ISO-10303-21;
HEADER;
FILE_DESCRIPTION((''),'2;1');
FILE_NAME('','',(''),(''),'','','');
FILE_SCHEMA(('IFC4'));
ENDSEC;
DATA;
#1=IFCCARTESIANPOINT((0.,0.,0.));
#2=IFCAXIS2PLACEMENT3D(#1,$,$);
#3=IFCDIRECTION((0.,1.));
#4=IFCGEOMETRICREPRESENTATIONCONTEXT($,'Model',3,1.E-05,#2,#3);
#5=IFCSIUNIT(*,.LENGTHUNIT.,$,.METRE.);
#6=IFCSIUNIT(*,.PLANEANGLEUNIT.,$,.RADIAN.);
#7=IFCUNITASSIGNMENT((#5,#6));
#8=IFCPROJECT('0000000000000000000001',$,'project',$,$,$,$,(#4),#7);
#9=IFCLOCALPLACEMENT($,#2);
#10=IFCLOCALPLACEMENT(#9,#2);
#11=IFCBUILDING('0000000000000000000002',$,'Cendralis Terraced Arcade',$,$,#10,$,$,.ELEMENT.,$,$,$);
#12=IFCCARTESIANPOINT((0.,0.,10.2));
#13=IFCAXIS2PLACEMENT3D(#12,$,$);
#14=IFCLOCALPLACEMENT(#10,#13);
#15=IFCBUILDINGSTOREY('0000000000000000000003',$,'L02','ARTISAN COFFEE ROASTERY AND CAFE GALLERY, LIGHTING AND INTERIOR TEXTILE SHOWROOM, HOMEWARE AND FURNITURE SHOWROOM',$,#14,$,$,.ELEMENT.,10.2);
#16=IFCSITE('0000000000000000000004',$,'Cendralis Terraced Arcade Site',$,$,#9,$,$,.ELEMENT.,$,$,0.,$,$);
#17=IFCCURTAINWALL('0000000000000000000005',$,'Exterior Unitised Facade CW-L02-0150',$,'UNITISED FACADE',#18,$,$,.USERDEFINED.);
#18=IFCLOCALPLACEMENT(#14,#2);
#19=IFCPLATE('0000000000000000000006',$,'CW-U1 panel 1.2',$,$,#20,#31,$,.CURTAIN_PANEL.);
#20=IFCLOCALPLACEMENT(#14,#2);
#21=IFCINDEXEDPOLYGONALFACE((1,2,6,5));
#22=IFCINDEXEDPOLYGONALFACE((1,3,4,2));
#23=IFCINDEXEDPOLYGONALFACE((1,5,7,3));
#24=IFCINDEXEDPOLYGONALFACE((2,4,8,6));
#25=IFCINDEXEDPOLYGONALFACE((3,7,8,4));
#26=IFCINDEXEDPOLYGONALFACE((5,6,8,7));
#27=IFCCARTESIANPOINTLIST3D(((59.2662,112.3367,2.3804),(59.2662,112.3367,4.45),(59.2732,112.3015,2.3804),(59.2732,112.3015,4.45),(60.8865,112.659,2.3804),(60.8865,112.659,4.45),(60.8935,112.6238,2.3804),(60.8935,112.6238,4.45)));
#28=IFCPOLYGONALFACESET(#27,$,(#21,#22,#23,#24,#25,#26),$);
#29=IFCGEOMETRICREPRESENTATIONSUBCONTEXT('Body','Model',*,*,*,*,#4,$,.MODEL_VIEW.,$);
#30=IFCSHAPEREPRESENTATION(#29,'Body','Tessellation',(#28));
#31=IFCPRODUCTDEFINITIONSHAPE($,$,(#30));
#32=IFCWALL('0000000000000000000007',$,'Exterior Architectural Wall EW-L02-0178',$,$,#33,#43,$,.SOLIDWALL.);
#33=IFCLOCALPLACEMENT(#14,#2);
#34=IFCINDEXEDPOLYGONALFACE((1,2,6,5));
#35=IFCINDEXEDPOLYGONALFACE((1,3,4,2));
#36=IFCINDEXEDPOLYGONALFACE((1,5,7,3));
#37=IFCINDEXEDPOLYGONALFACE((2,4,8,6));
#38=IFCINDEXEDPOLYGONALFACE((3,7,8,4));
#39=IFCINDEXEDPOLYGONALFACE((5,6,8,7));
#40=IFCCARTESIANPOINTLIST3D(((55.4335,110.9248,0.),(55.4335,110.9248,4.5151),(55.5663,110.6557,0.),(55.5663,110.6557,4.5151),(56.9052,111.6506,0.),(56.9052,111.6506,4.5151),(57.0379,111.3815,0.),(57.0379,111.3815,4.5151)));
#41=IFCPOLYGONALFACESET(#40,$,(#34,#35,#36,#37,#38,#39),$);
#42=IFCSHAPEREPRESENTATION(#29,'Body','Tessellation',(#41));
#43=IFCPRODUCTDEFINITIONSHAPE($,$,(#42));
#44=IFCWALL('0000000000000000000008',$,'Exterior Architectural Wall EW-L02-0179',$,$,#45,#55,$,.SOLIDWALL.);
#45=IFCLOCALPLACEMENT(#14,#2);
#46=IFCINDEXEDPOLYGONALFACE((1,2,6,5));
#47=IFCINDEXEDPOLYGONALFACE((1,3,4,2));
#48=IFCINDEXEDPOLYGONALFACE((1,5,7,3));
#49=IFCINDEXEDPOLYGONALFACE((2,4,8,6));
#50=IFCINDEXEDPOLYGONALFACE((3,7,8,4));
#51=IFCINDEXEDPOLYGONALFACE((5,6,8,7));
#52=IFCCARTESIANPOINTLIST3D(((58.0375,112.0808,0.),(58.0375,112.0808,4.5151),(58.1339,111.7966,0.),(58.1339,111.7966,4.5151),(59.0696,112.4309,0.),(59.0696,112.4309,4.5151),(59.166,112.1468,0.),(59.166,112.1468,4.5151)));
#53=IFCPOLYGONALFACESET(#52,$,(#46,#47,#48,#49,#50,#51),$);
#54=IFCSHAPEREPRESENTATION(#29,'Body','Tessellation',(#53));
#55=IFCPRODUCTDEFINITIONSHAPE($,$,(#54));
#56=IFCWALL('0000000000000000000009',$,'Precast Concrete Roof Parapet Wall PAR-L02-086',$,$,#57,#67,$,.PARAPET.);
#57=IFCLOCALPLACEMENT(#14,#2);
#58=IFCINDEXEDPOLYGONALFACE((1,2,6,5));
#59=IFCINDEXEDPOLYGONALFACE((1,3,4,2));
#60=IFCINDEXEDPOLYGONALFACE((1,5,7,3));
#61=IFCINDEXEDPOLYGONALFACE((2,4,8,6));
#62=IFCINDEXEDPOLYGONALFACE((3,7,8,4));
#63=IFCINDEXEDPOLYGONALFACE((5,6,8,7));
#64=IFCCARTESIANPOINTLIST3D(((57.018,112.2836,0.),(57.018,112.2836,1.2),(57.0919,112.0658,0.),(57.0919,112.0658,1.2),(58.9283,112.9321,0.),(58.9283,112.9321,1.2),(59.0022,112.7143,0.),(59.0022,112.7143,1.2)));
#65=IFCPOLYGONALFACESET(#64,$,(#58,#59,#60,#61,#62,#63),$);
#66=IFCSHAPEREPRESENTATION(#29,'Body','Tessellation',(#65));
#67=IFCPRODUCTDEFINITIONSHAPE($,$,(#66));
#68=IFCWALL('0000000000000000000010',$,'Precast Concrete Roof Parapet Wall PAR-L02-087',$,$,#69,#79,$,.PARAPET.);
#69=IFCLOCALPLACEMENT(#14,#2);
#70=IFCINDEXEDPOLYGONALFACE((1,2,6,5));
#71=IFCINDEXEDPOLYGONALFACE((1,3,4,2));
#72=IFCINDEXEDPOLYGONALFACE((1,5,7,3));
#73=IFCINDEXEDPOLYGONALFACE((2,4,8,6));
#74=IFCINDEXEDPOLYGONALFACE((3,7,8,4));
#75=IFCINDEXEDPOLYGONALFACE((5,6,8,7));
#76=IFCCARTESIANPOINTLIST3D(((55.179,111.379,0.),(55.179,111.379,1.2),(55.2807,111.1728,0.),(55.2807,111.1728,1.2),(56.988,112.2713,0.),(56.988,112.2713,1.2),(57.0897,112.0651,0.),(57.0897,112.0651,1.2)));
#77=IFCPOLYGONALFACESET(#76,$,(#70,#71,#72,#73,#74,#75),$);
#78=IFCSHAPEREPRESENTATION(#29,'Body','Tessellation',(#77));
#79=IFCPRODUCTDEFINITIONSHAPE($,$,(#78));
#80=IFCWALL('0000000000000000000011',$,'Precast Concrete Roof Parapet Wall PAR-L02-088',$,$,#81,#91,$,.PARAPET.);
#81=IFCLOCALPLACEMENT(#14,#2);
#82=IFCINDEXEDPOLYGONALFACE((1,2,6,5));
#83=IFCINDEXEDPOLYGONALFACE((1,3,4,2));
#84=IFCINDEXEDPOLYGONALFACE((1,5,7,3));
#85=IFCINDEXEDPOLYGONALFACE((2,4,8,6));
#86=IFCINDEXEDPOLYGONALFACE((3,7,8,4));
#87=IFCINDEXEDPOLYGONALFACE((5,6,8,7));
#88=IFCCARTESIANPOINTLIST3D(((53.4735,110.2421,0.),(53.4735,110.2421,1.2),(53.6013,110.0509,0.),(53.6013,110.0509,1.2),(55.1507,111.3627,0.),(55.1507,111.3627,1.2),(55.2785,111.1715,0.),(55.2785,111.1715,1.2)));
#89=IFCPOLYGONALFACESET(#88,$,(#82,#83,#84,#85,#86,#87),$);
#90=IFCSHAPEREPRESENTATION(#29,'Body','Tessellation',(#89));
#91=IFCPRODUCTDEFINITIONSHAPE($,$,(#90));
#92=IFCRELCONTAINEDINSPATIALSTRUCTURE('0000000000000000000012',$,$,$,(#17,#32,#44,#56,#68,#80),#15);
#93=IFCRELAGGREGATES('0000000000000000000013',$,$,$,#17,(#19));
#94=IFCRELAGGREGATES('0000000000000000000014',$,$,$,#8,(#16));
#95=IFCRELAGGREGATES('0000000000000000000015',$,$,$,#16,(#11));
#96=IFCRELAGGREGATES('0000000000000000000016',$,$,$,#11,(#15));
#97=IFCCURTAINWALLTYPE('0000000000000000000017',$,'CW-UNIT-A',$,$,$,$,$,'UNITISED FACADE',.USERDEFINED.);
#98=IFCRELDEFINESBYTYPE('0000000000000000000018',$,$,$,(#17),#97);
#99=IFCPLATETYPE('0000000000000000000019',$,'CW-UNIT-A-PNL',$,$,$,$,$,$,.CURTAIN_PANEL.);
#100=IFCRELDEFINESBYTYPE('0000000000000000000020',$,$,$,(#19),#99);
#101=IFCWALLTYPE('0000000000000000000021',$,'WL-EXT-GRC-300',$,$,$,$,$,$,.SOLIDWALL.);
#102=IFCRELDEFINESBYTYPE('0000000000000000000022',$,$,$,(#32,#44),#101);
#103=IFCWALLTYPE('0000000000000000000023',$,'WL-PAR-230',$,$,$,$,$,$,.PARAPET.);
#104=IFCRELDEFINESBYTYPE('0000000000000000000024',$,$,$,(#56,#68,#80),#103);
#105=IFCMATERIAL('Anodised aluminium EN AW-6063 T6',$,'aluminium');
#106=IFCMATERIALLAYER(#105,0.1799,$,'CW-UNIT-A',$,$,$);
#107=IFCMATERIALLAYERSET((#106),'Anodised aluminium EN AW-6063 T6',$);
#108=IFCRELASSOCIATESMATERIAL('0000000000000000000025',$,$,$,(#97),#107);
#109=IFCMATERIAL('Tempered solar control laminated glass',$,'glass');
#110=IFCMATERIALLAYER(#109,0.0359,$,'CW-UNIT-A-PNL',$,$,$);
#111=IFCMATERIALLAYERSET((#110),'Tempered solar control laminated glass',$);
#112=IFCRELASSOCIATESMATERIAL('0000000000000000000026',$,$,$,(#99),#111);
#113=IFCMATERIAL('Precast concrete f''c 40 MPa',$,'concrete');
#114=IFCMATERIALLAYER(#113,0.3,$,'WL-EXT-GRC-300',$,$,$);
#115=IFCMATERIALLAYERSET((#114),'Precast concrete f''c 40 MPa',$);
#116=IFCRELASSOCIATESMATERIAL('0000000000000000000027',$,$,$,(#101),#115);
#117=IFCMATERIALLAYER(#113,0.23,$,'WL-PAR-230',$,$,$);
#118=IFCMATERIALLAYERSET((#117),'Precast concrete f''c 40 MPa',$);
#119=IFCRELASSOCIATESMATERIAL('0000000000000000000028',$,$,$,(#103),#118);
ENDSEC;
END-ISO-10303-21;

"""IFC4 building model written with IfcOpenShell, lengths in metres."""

from ifc_helpers import new_model, si_unit, direction, frame, frame_2d, origin, origin_2d, place, context, subcontext, project, spatial, rectangle, extrude, material, layer, layer_set, type_object, element, aggregate, save


model = new_model("IFC4")

# Units and contexts
model_context = context("Model", 3, precision=1e-05, world=origin(), true_north=direction((0.0, 1.0)))
body_context = subcontext(model_context, "Body", "Model", "MODEL_VIEW")
ifc_project = project(units=[si_unit("LENGTHUNIT", "METRE"), si_unit("PLANEANGLEUNIT", "RADIAN")], contexts=[model_context])

# Site, building, storey
site_placement = place(None, origin())
site = spatial("IfcSite", under=ifc_project, at=site_placement, Name="Cendralis Terraced Arcade Site", CompositionType="ELEMENT", RefElevation=0.0)
building_placement = place(site_placement, origin())
building = spatial("IfcBuilding", under=site, at=building_placement, Name="Cendralis Terraced Arcade", CompositionType="ELEMENT")
storey_placement = place(building_placement, frame((0.0, 0.0, 10.2)))
storey = spatial("IfcBuildingStorey", under=building, at=storey_placement, Name="L02", Description="ARTISAN COFFEE ROASTERY AND CAFE GALLERY, LIGHTING AND INTERIOR TEXTILE SHOWROOM, HOMEWARE AND FURNITURE SHOWROOM", CompositionType="ELEMENT", Elevation=10.2)

# Shared definitions
ifc_material_1 = material(Name="Anodised aluminium EN AW-6063 T6", Category="aluminium")
ifc_layer_1 = layer(ifc_material_1, 0.1799, Name="CW-UNIT-A")
ifc_layer_set_1 = layer_set([ifc_layer_1], Name="Anodised aluminium EN AW-6063 T6")
curtain_wall_type = type_object("IfcCurtainWallType", Name="CW-UNIT-A", ElementType="UNITISED FACADE", PredefinedType="USERDEFINED", material=ifc_layer_set_1)

# Curtain wall
curtain_wall_1_placement = place(storey_placement, origin())
curtain_wall_1 = element("IfcCurtainWall", 1, at=curtain_wall_1_placement, inside=storey, type_object=curtain_wall_type, Name="Exterior Unitised Facade CW-L02-0150", ObjectType="UNITISED FACADE", PredefinedType="USERDEFINED")

# Plate
ifc_material_2 = material(Name="Tempered solar control laminated glass", Category="glass")
ifc_layer_2 = layer(ifc_material_2, 0.0359, Name="CW-UNIT-A-PNL")
ifc_layer_set_2 = layer_set([ifc_layer_2], Name="Tempered solar control laminated glass")
plate_type = type_object("IfcPlateType", Name="CW-UNIT-A-PNL", PredefinedType="CURTAIN_PANEL", material=ifc_layer_set_2)
plate_1_placement = place(storey_placement, frame((60.0798, 112.4802, 2.3804), z_axis=(0.0, 0.0, 1.0), x_axis=(0.980792, 0.195058, 0.0)))
plate_1 = element("IfcPlate", 2, at=plate_1_placement, type_object=plate_type, Name="CW-U1 panel 1.2", PredefinedType="CURTAIN_PANEL", context=body_context, shape_type="SweptSolid", body=[
    extrude(rectangle(XDim=1.6521, YDim=0.0359, at=origin_2d()), origin(), (0.0, 0.0, 1.0), 2.0696),
])
aggregate(curtain_wall_1, [plate_1])

# Walls
ifc_material_3 = material(Name="Precast concrete f'c 40 MPa", Category="concrete")
ifc_layer_3 = layer(ifc_material_3, 0.3, Name="WL-EXT-GRC-300")
ifc_layer_set_3 = layer_set([ifc_layer_3], Name="Precast concrete f'c 40 MPa")
wall_type_1 = type_object("IfcWallType", Name="WL-EXT-GRC-300", PredefinedType="SOLIDWALL", material=ifc_layer_set_3)
wall_1_placement = place(storey_placement, frame((55.5, 110.7903, 0.0), z_axis=(0.0, 0.0, 1.0), x_axis=(0.896854, 0.442327, 0.0)))
element("IfcWall", 3, at=wall_1_placement, inside=storey, type_object=wall_type_1, Name="Exterior Architectural Wall EW-L02-0178", PredefinedType="SOLIDWALL", context=body_context, shape_type="SweptSolid", body=[
    extrude(rectangle(XDim=1.6409, YDim=0.3, at=frame_2d((0.8203, 0.0))), origin(), (0.0, 0.0, 1.0), 4.5151),
])
wall_2_placement = place(storey_placement, frame((58.0857, 111.9387, 0.0), z_axis=(0.0, 0.0, 1.0), x_axis=(0.94699, 0.321264, 0.0)))
element("IfcWall", 4, at=wall_2_placement, inside=storey, type_object=wall_type_1, Name="Exterior Architectural Wall EW-L02-0179", PredefinedType="SOLIDWALL", context=body_context, shape_type="SweptSolid", body=[
    extrude(rectangle(XDim=1.0898, YDim=0.3, at=frame_2d((0.5449, 0.0))), origin(), (0.0, 0.0, 1.0), 4.5151),
])
ifc_layer_4 = layer(ifc_material_3, 0.23, Name="WL-PAR-230")
ifc_layer_set_4 = layer_set([ifc_layer_4], Name="Precast concrete f'c 40 MPa")
wall_type_2 = type_object("IfcWallType", Name="WL-PAR-230", PredefinedType="PARAPET", material=ifc_layer_set_4)
wall_3_placement = place(storey_placement, frame((58.9653, 112.8232, 0.0), z_axis=(0.0, 0.0, 1.0), x_axis=(-0.946926, -0.321451, 0.0)))
element("IfcWall", 5, at=wall_3_placement, inside=storey, type_object=wall_type_2, Name="Precast Concrete Roof Parapet Wall PAR-L02-086", PredefinedType="PARAPET", context=body_context, shape_type="SweptSolid", body=[
    extrude(rectangle(XDim=2.0173, YDim=0.23, at=frame_2d((1.0088, 0.0))), origin(), (0.0, 0.0, 1.0), 1.2),
])
for number, where, z_axis, x_axis, name in (
    (6, (57.0388, 112.1682, 0.0), (0.0, 0.0, 1.0), (-0.896835, -0.442366, 0.0), "Precast Concrete Roof Parapet Wall PAR-L02-087"),
    (7, (55.2146, 111.2671, 0.0), (0.0, 0.0, 1.0), (-0.831491, -0.555538, 0.0), "Precast Concrete Roof Parapet Wall PAR-L02-088"),
):
    element("IfcWall", number, at=place(storey_placement, frame(where, z_axis=z_axis, x_axis=x_axis)), inside=storey, type_object=wall_type_2, Name=name, PredefinedType="PARAPET", context=body_context, shape_type="SweptSolid", body=[
        extrude(rectangle(XDim=2.0171, YDim=0.23, at=frame_2d((1.0085, 0.0))), origin(), (0.0, 0.0, 1.0), 1.2),
    ])

save(model, "model.ifc")
